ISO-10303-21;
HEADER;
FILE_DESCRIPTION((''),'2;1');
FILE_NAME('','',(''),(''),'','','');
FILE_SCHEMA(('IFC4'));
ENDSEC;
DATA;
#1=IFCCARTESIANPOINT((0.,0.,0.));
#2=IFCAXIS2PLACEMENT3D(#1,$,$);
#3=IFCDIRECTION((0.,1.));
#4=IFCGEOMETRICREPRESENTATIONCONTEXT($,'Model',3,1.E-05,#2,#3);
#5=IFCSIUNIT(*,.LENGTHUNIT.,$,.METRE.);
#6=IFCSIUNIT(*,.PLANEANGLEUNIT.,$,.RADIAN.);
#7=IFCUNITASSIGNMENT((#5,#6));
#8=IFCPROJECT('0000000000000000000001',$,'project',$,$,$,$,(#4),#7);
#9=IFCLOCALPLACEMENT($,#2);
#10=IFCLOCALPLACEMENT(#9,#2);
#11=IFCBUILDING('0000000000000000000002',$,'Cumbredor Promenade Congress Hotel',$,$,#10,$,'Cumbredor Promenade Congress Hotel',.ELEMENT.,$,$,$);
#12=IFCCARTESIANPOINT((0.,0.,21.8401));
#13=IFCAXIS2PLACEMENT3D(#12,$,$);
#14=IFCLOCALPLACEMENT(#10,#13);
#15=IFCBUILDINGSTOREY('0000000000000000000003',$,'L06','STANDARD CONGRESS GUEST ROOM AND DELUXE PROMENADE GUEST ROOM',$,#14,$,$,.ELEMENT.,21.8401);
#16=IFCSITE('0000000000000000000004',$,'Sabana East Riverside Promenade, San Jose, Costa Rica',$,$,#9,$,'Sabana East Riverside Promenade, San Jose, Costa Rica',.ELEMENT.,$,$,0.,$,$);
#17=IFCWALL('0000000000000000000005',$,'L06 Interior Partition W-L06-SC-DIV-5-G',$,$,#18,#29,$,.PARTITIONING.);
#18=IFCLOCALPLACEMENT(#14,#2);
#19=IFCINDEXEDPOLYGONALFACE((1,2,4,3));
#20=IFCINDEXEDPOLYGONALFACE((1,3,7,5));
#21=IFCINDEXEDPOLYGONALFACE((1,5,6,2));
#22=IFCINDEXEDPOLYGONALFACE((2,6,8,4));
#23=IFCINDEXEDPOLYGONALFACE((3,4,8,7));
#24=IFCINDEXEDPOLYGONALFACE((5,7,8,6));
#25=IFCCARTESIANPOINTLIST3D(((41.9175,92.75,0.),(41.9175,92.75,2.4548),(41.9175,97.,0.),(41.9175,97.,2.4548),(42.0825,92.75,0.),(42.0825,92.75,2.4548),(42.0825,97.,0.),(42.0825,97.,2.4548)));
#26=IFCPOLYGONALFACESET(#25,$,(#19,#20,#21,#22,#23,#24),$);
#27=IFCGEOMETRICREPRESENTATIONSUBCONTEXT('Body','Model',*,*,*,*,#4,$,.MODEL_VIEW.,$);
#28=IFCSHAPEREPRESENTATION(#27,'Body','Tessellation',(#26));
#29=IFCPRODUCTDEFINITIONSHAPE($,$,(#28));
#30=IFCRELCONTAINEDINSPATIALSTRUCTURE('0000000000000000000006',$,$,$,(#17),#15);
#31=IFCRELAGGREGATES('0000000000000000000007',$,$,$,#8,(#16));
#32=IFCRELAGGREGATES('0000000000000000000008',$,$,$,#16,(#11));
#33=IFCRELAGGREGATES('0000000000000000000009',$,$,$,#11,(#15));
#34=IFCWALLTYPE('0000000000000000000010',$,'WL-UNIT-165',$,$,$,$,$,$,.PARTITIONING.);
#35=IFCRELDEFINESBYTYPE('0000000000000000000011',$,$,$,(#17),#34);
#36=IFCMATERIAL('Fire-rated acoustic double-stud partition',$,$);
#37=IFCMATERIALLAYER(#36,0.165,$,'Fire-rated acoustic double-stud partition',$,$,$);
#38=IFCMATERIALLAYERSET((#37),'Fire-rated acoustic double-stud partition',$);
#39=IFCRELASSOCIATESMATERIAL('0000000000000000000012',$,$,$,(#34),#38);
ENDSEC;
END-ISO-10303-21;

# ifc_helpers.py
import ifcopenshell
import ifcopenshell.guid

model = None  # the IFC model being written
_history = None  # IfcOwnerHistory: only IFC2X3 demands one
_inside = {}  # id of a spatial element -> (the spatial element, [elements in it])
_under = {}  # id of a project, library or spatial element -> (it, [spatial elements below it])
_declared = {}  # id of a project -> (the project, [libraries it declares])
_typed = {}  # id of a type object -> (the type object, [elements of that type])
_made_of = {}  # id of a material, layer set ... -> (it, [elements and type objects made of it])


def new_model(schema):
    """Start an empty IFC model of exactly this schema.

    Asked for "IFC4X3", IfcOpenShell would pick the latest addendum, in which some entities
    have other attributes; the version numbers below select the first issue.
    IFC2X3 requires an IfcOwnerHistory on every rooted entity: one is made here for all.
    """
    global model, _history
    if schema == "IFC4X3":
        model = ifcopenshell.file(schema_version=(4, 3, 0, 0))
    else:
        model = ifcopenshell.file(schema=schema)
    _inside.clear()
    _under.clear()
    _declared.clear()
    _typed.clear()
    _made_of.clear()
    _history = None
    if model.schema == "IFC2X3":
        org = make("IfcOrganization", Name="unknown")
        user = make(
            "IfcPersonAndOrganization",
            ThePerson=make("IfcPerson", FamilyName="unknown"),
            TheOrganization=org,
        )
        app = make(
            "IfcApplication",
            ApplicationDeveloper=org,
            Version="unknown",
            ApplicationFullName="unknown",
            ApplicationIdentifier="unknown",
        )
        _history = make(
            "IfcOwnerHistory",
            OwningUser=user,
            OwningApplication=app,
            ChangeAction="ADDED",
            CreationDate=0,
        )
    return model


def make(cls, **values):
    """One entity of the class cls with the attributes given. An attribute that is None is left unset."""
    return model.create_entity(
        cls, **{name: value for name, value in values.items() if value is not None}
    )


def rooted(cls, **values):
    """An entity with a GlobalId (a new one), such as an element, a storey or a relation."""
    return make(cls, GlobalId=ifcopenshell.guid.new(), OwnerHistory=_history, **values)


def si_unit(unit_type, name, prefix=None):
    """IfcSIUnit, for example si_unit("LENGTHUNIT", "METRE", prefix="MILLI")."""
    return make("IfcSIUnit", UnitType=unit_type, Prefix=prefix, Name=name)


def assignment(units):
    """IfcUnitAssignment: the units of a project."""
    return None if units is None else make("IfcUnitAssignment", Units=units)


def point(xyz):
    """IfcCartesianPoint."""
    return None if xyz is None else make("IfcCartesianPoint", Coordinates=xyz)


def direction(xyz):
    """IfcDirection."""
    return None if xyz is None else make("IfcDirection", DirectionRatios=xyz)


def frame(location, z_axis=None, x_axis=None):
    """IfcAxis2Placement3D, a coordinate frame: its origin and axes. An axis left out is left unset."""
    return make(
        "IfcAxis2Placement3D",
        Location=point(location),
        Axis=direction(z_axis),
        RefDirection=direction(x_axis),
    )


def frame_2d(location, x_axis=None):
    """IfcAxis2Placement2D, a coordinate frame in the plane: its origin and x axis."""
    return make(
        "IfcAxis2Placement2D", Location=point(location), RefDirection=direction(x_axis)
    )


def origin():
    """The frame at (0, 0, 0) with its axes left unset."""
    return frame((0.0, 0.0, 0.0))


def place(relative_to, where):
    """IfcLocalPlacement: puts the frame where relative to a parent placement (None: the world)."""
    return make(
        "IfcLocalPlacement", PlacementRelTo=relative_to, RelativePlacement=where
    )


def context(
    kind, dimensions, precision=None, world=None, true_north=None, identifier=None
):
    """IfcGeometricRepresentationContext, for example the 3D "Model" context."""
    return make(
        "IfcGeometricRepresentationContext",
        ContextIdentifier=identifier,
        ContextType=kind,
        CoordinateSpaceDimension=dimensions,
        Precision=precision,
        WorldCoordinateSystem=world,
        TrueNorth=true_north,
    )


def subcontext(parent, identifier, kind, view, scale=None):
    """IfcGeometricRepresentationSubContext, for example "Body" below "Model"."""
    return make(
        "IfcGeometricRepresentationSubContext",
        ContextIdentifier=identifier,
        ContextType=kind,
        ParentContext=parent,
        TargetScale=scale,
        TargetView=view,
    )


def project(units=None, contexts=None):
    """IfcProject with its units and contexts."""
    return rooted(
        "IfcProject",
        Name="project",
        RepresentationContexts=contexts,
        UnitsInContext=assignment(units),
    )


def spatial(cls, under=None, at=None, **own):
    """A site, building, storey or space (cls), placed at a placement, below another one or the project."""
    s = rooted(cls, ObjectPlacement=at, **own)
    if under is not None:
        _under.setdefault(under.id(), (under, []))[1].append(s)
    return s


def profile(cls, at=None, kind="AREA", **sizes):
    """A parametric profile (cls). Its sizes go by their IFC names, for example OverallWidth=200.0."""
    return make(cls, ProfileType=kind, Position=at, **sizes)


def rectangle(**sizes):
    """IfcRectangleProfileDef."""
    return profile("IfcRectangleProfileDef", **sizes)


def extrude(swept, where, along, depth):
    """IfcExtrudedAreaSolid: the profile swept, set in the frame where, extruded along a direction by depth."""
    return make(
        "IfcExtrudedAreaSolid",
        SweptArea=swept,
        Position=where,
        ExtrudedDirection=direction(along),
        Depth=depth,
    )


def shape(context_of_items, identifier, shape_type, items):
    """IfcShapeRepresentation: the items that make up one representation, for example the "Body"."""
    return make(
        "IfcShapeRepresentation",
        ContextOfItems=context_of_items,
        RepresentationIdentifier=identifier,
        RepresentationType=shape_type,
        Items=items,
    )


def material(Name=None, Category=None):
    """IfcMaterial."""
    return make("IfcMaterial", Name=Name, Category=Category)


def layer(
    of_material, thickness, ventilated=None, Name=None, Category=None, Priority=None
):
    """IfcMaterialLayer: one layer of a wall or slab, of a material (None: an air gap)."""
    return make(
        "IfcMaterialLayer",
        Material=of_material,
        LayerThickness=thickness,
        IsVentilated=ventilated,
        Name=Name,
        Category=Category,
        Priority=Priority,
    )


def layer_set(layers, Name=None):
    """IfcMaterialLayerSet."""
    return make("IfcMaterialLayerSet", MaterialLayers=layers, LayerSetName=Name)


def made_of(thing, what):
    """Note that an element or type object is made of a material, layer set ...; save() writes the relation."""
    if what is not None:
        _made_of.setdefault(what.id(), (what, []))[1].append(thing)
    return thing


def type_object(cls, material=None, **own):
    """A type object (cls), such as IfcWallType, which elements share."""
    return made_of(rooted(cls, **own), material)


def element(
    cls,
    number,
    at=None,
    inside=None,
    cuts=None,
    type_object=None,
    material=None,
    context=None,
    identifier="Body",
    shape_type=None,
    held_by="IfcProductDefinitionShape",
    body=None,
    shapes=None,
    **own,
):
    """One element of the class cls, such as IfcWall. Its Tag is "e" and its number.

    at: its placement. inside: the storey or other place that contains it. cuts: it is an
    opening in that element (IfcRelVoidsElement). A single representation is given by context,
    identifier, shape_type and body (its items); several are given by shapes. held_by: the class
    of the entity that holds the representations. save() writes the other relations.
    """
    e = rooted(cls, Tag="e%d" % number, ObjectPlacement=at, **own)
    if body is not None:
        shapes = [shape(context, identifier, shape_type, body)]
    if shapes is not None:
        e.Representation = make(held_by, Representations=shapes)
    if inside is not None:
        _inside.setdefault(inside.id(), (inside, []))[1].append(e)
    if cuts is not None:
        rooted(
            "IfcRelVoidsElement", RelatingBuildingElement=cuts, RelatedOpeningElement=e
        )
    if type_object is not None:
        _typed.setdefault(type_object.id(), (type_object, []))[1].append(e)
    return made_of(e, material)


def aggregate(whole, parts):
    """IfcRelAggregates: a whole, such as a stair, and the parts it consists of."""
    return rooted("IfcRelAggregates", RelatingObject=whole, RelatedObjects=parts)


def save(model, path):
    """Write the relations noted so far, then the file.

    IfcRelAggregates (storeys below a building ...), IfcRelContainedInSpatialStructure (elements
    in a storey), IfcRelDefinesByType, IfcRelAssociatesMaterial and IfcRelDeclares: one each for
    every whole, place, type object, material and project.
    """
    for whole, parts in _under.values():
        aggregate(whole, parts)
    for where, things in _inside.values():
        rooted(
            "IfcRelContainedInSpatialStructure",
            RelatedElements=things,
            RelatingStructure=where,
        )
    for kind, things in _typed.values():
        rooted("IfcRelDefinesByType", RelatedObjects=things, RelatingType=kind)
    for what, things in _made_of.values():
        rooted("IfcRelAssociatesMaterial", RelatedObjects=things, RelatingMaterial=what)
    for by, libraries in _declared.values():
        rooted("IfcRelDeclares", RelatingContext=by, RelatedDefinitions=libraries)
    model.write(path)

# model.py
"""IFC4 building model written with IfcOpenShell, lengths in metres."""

from ifc_helpers import new_model, si_unit, direction, frame, frame_2d, origin, place, context, subcontext, project, spatial, rectangle, extrude, material, layer, layer_set, type_object, element, save


model = new_model("IFC4")

# Units and contexts
model_context = context("Model", 3, precision=1e-05, world=origin(), true_north=direction((0.0, 1.0)))
body_context = subcontext(model_context, "Body", "Model", "MODEL_VIEW")
ifc_project = project(units=[si_unit("LENGTHUNIT", "METRE"), si_unit("PLANEANGLEUNIT", "RADIAN")], contexts=[model_context])

# Site, building, storey
site_placement = place(None, origin())
site = spatial("IfcSite", under=ifc_project, at=site_placement, Name="Sabana East Riverside Promenade, San Jose, Costa Rica", LongName="Sabana East Riverside Promenade, San Jose, Costa Rica", CompositionType="ELEMENT", RefElevation=0.0)
building_placement = place(site_placement, origin())
building = spatial("IfcBuilding", under=site, at=building_placement, Name="Cumbredor Promenade Congress Hotel", LongName="Cumbredor Promenade Congress Hotel", CompositionType="ELEMENT")
storey_placement = place(building_placement, frame((0.0, 0.0, 21.8401)))
storey = spatial("IfcBuildingStorey", under=building, at=storey_placement, Name="L06", Description="STANDARD CONGRESS GUEST ROOM AND DELUXE PROMENADE GUEST ROOM", CompositionType="ELEMENT", Elevation=21.8401)

# Wall
ifc_material_1 = material(Name="Fire-rated acoustic double-stud partition")
ifc_layer_1 = layer(ifc_material_1, 0.165, Name="Fire-rated acoustic double-stud partition")
ifc_layer_set_1 = layer_set([ifc_layer_1], Name="Fire-rated acoustic double-stud partition")
wall_type_1 = type_object("IfcWallType", Name="WL-UNIT-165", PredefinedType="PARTITIONING", material=ifc_layer_set_1)
wall_1_placement = place(storey_placement, frame((42.0, 92.75, 0.0), z_axis=(0.0, 0.0, 1.0), x_axis=(0.0, 1.0, 0.0)))
element("IfcWall", 1, at=wall_1_placement, inside=storey, type_object=wall_type_1, Name="L06 Interior Partition W-L06-SC-DIV-5-G", PredefinedType="PARTITIONING", context=body_context, shape_type="SweptSolid", body=[
    extrude(rectangle(XDim=4.25, YDim=0.165, at=frame_2d((2.125, 0.0))), origin(), (0.0, 0.0, 1.0), 2.4548),
])

save(model, "model.ifc")
